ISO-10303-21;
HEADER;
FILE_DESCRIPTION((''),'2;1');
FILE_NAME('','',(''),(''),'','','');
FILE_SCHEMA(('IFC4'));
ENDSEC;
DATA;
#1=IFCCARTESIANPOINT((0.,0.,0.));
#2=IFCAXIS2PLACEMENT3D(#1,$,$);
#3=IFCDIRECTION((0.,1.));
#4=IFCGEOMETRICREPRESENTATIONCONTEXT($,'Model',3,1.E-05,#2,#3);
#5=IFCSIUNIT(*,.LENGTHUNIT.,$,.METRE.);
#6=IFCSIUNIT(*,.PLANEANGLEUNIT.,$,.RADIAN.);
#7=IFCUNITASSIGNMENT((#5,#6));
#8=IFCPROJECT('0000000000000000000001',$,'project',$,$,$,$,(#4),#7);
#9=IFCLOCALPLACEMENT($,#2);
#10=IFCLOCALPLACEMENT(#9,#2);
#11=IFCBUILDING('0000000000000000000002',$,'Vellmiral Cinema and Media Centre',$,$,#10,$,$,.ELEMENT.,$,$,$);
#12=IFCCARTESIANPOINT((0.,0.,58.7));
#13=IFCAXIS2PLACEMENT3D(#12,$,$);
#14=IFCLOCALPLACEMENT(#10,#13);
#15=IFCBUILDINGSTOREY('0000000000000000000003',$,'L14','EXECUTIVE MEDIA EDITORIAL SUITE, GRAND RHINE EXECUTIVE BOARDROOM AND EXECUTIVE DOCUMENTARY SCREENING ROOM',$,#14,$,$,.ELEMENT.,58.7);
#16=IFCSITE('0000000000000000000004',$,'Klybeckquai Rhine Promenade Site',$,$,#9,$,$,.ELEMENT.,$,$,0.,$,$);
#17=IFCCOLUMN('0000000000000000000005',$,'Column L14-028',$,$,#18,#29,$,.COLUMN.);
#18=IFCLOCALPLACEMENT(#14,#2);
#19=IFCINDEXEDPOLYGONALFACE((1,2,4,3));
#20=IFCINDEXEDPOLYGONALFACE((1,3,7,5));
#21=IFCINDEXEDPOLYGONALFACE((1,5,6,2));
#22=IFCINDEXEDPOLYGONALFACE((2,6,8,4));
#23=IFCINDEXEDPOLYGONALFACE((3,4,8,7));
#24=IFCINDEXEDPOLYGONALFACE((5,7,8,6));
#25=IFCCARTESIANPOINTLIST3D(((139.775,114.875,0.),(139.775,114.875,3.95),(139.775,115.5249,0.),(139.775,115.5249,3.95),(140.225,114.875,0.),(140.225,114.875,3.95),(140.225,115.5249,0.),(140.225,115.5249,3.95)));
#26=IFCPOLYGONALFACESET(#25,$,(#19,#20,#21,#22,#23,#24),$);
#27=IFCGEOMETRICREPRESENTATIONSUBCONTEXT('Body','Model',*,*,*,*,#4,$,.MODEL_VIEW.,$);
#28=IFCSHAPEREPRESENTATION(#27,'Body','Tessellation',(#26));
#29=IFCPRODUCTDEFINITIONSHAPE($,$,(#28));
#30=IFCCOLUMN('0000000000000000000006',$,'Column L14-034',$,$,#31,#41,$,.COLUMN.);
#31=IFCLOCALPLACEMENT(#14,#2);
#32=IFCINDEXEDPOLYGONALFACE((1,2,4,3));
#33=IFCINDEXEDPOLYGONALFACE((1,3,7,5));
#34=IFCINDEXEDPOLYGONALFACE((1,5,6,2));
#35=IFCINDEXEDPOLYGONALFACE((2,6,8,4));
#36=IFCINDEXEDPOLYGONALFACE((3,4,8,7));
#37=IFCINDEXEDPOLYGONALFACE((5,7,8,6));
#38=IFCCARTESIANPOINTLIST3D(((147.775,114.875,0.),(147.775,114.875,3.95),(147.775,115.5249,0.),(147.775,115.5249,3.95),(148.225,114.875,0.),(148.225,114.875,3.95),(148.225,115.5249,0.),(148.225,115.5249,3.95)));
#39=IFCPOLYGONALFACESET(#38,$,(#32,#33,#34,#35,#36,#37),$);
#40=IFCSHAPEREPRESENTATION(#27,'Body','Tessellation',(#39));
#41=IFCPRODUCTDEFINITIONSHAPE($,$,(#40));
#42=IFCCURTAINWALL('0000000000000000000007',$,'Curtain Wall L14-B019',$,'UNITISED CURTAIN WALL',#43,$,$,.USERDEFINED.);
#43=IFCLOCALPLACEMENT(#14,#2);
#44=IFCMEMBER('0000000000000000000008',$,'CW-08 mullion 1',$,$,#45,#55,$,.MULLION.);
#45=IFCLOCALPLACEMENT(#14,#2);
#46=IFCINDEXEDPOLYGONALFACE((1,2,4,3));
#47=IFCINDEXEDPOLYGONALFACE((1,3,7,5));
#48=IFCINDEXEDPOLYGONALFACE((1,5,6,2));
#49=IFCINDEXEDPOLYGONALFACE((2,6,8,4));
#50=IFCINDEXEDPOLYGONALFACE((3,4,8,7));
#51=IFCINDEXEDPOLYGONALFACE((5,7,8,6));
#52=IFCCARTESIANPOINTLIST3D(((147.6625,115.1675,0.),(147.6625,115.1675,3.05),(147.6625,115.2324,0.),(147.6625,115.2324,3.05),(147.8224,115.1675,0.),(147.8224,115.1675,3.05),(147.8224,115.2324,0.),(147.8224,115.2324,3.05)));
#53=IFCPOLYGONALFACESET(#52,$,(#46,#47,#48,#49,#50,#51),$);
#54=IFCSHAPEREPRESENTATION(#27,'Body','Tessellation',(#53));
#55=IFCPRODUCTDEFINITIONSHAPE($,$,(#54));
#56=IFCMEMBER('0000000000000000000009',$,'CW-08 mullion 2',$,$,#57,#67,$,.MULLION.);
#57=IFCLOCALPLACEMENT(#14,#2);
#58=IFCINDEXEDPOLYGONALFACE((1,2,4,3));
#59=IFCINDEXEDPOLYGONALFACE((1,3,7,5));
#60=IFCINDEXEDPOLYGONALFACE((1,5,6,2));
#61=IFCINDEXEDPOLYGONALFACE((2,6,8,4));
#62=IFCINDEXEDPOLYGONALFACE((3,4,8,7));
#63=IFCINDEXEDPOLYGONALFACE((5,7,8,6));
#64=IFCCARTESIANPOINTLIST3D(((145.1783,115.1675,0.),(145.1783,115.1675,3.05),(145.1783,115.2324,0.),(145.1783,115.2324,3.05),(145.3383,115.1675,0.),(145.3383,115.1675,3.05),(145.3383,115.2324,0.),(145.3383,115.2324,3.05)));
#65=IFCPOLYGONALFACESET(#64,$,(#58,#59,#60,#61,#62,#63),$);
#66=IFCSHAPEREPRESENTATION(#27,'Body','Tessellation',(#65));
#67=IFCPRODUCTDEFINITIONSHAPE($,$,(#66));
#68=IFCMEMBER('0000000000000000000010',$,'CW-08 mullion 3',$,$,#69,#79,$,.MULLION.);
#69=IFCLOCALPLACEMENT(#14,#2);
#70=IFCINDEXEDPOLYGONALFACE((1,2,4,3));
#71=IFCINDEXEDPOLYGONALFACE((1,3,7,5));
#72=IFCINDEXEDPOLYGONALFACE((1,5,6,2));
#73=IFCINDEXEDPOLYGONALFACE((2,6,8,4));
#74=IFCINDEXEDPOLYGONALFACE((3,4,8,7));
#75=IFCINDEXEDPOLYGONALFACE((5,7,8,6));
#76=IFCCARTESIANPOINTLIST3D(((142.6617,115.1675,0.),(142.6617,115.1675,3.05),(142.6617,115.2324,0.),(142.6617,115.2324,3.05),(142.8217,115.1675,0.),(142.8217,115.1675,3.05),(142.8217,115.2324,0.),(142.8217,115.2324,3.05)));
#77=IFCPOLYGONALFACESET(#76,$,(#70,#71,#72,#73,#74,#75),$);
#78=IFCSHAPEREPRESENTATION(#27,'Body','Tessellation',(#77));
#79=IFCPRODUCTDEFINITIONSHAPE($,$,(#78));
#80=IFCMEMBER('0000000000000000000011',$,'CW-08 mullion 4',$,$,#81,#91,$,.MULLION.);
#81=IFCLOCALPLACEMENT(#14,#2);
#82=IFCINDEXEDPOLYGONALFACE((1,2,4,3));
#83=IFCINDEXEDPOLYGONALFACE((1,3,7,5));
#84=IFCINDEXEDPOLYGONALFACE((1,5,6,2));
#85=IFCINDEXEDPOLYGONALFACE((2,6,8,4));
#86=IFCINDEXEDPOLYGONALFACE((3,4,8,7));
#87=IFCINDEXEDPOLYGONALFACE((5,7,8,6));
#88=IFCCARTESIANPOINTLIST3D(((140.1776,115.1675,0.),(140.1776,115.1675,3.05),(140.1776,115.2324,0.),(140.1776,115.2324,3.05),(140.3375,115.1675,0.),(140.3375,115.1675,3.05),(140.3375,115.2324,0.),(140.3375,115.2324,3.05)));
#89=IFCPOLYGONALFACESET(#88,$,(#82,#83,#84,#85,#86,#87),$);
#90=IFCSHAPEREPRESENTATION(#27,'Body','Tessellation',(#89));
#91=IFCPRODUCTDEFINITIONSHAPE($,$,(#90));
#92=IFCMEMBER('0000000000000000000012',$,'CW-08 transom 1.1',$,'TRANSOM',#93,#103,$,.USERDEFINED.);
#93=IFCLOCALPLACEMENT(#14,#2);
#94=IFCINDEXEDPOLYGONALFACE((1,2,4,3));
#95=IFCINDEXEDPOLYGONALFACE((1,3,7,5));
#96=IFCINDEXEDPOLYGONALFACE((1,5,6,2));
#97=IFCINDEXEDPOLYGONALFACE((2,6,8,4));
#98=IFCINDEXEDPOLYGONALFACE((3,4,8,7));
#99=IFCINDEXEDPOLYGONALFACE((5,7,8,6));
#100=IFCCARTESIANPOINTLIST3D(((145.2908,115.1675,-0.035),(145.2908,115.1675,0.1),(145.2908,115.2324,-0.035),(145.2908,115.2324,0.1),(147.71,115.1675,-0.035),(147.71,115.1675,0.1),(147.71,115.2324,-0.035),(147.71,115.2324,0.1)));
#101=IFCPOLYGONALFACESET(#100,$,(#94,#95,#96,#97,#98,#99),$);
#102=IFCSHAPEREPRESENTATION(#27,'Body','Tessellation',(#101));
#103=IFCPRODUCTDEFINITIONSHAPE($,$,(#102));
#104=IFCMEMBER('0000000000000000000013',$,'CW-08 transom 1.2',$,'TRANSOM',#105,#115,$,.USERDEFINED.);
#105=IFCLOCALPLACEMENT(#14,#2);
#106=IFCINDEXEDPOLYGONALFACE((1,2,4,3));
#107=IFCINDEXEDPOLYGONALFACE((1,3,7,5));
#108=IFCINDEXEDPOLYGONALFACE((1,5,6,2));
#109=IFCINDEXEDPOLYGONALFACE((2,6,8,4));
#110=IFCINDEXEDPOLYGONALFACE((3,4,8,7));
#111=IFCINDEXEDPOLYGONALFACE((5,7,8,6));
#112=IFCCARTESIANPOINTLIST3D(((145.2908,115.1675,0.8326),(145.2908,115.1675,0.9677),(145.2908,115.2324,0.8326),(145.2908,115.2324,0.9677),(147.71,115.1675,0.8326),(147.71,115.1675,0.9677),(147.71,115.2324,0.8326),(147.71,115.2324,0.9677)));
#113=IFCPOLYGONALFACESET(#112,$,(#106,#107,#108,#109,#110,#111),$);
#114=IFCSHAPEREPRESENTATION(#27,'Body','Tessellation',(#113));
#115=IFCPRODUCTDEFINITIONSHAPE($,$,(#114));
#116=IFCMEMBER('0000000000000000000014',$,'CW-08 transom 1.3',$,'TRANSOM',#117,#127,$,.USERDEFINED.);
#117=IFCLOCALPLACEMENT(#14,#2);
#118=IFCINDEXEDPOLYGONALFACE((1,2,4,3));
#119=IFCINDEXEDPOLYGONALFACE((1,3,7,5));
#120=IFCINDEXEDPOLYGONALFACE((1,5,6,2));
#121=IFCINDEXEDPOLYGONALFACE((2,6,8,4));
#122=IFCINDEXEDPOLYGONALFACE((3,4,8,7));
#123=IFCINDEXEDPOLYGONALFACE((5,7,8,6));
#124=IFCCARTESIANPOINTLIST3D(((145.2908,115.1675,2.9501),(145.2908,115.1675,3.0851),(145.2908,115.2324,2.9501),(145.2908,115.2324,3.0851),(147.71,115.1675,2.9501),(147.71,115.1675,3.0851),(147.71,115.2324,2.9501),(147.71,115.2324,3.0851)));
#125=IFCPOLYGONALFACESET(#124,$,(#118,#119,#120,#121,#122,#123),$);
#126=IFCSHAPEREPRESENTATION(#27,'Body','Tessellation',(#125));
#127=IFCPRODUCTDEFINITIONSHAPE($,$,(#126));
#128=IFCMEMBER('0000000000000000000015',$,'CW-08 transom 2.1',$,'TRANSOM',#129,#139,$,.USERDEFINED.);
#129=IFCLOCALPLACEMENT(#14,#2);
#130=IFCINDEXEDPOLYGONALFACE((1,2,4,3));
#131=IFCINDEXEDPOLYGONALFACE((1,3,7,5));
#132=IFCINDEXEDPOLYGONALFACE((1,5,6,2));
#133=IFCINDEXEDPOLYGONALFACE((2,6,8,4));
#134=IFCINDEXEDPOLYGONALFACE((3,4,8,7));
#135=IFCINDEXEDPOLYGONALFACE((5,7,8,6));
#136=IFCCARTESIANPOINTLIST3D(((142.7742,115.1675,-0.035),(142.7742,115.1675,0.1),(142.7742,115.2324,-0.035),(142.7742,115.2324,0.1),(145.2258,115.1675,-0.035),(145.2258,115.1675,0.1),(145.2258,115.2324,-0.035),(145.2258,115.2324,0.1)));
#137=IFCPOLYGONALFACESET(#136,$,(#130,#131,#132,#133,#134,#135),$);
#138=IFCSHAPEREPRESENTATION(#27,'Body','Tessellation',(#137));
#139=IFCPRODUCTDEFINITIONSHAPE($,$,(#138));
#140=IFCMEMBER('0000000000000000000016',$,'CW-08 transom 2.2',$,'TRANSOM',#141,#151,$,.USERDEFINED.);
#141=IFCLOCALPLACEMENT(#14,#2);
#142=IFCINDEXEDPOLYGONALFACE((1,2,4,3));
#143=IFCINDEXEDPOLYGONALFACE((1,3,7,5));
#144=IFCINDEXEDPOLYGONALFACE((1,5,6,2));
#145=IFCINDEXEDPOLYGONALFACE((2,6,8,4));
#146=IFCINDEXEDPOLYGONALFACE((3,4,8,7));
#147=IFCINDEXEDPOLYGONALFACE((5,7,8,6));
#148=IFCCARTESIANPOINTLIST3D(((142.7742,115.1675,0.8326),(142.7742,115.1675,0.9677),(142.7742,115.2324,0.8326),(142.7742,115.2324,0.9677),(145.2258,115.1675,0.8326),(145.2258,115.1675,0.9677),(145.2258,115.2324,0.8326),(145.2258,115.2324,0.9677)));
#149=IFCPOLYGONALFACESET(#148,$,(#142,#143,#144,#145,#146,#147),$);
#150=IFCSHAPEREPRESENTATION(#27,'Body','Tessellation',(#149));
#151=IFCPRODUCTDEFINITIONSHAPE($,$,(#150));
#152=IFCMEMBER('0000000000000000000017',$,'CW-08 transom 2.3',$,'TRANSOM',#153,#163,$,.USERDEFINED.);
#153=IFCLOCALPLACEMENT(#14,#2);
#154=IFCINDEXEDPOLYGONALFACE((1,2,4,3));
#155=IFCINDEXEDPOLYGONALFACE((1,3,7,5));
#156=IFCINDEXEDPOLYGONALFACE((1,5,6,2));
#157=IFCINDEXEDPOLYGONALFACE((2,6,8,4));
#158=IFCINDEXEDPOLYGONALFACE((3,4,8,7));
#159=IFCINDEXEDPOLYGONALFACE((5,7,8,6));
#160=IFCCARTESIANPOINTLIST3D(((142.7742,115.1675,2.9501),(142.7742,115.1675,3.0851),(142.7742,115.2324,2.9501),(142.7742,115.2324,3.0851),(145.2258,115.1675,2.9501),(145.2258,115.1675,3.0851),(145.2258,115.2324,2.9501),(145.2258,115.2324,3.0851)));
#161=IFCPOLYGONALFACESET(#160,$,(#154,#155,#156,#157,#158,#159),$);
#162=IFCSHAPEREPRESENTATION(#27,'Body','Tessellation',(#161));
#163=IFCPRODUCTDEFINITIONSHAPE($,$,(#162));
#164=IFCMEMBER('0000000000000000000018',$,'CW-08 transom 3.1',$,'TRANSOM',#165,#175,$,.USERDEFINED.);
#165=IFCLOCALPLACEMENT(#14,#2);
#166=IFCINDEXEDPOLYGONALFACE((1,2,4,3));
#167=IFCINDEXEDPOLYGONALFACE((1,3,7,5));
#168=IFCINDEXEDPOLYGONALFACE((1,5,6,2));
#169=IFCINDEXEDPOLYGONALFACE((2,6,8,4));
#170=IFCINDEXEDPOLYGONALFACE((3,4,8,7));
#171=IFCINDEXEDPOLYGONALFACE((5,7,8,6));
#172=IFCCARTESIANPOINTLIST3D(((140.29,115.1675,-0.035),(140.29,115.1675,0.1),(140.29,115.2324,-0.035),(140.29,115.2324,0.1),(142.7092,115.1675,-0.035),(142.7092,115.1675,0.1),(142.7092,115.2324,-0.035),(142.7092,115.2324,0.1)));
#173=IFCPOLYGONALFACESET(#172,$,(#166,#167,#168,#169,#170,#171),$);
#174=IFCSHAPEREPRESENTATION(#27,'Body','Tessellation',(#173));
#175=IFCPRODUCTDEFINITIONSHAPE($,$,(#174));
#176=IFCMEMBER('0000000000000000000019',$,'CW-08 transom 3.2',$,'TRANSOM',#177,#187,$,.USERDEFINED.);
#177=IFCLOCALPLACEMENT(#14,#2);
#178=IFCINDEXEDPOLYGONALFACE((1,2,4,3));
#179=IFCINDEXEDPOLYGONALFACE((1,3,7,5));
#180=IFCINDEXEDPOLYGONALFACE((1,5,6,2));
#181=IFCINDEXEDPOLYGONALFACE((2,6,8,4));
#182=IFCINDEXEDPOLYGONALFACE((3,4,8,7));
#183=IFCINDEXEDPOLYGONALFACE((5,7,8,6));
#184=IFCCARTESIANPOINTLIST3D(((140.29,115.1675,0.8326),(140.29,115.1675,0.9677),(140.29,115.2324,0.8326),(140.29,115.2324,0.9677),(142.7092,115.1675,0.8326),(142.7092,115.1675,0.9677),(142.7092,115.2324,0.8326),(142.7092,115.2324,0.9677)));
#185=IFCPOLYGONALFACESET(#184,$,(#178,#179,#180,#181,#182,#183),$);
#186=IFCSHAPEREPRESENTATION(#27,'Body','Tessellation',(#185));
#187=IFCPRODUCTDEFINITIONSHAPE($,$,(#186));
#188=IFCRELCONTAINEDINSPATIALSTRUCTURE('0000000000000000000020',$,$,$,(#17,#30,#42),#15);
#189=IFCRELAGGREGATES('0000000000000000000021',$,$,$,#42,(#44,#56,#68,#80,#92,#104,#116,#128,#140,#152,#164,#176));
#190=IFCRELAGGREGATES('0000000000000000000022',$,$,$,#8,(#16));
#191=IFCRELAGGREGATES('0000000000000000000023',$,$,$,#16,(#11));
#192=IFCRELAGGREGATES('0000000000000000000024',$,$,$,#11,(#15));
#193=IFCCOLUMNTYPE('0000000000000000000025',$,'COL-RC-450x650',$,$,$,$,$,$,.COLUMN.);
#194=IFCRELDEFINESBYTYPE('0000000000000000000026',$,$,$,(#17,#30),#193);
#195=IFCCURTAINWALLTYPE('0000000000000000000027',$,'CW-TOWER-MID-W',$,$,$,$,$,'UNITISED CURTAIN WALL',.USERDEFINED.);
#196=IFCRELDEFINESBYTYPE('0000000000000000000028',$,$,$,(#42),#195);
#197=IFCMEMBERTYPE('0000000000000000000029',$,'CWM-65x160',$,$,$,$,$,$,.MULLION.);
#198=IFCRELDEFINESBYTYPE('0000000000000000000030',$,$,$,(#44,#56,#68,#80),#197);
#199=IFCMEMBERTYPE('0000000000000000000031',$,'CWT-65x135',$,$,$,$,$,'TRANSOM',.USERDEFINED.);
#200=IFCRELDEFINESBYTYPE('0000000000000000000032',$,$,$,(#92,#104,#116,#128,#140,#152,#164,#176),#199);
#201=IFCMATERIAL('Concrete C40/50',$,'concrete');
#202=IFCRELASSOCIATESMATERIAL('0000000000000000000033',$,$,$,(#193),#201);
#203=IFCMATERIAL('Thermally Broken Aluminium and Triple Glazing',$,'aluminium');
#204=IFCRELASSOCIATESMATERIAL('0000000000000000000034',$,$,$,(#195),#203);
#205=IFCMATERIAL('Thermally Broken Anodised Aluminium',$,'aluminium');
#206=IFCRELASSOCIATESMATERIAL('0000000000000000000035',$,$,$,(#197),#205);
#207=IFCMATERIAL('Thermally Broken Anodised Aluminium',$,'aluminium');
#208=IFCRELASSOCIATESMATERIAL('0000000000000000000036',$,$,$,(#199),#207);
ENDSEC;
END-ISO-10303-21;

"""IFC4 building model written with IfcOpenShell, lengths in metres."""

from ifc_helpers import new_model, si_unit, direction, frame, origin, origin_2d, place, context, subcontext, project, spatial, rectangle, extrude, material, material_profile, profile_set, type_object, element, aggregate, save


model = new_model("IFC4")

# Units and contexts
model_context = context("Model", 3, precision=1e-05, world=origin(), true_north=direction((0.0, 1.0)))
body_context = subcontext(model_context, "Body", "Model", "MODEL_VIEW")
ifc_project = project(units=[si_unit("LENGTHUNIT", "METRE"), si_unit("PLANEANGLEUNIT", "RADIAN")], contexts=[model_context])

# Site, building, storey
site_placement = place(None, origin())
site = spatial("IfcSite", under=ifc_project, at=site_placement, Name="Klybeckquai Rhine Promenade Site", CompositionType="ELEMENT", RefElevation=0.0)
building_placement = place(site_placement, origin())
building = spatial("IfcBuilding", under=site, at=building_placement, Name="Vellmiral Cinema and Media Centre", CompositionType="ELEMENT")
storey_placement = place(building_placement, frame((0.0, 0.0, 58.7)))
storey = spatial("IfcBuildingStorey", under=building, at=storey_placement, Name="L14", Description="EXECUTIVE MEDIA EDITORIAL SUITE, GRAND RHINE EXECUTIVE BOARDROOM AND EXECUTIVE DOCUMENTARY SCREENING ROOM", CompositionType="ELEMENT", Elevation=58.7)

# Columns
ifc_material_1 = material(Name="Concrete C40/50", Category="concrete")
ifc_material_profile_1 = material_profile(ifc_material_1, rectangle(XDim=0.45, YDim=0.6499, at=origin_2d()), Name="RC 450x650")
ifc_profile_set_1 = profile_set([ifc_material_profile_1], Name="Concrete C40/50")
column_type = type_object("IfcColumnType", Name="COL-RC-450x650", PredefinedType="COLUMN", material=ifc_profile_set_1)
for number, where, z_axis, x_axis, name in (
    (1, (140.0, 115.2, 0.0), (0.0, 0.0, 1.0), (1.0, 0.0, 0.0), "Column L14-028"),
    (2, (148.0, 115.2, 0.0), (0.0, 0.0, 1.0), (1.0, 0.0, 0.0), "Column L14-034"),
):
    element("IfcColumn", number, at=place(storey_placement, frame(where, z_axis=z_axis, x_axis=x_axis)), inside=storey, type_object=column_type, Name=name, PredefinedType="COLUMN", context=body_context, shape_type="SweptSolid", body=[
        extrude(rectangle(XDim=0.45, YDim=0.6499, at=origin_2d()), origin(), (0.0, 0.0, 1.0), 3.95),
    ])

# Curtain wall, members
ifc_material_2 = material(Name="Thermally Broken Aluminium and Triple Glazing", Category="aluminium")
curtain_wall_type = type_object("IfcCurtainWallType", Name="CW-TOWER-MID-W", ElementType="UNITISED CURTAIN WALL", PredefinedType="USERDEFINED", material=ifc_material_2)
curtain_wall_placement = place(storey_placement, origin())
curtain_wall = element("IfcCurtainWall", 3, at=curtain_wall_placement, inside=storey, type_object=curtain_wall_type, Name="Curtain Wall L14-B019", ObjectType="UNITISED CURTAIN WALL", PredefinedType="USERDEFINED")
ifc_material_3 = material(Name="Thermally Broken Anodised Aluminium", Category="aluminium")
ifc_material_profile_2 = material_profile(ifc_material_3, rectangle(XDim=0.0649, YDim=0.1599, at=origin_2d()), Name="MULL 65x160")
ifc_profile_set_2 = profile_set([ifc_material_profile_2], Name="Thermally Broken Anodised Aluminium")
member_type_1 = type_object("IfcMemberType", Name="CWM-65x160", PredefinedType="MULLION", material=ifc_profile_set_2)
member_1_placement = place(storey_placement, frame((147.7424, 115.2, 0.0), z_axis=(0.0, 0.0, 1.0), x_axis=(0.0, -1.0, 0.0)))
member_1 = element("IfcMember", 4, at=member_1_placement, type_object=member_type_1, Name="CW-08 mullion 1", PredefinedType="MULLION", context=body_context, shape_type="SweptSolid", body=[
    extrude(rectangle(XDim=0.0649, YDim=0.1599, at=origin_2d()), origin(), (0.0, 0.0, 1.0), 3.05),
])
member_2_placement = place(storey_placement, frame((145.2583, 115.2, 0.0), z_axis=(0.0, 0.0, 1.0), x_axis=(0.0, -1.0, 0.0)))
member_2 = element("IfcMember", 5, at=member_2_placement, type_object=member_type_1, Name="CW-08 mullion 2", PredefinedType="MULLION", context=body_context, shape_type="SweptSolid", body=[
    extrude(rectangle(XDim=0.0649, YDim=0.1599, at=origin_2d()), origin(), (0.0, 0.0, 1.0), 3.05),
])
member_3_placement = place(storey_placement, frame((142.7417, 115.2, 0.0), z_axis=(0.0, 0.0, 1.0), x_axis=(0.0, -1.0, 0.0)))
member_3 = element("IfcMember", 6, at=member_3_placement, type_object=member_type_1, Name="CW-08 mullion 3", PredefinedType="MULLION", context=body_context, shape_type="SweptSolid", body=[
    extrude(rectangle(XDim=0.0649, YDim=0.1599, at=origin_2d()), origin(), (0.0, 0.0, 1.0), 3.05),
])
member_4_placement = place(storey_placement, frame((140.2576, 115.2, 0.0), z_axis=(0.0, 0.0, 1.0), x_axis=(0.0, -1.0, 0.0)))
member_4 = element("IfcMember", 7, at=member_4_placement, type_object=member_type_1, Name="CW-08 mullion 4", PredefinedType="MULLION", context=body_context, shape_type="SweptSolid", body=[
    extrude(rectangle(XDim=0.0649, YDim=0.1599, at=origin_2d()), origin(), (0.0, 0.0, 1.0), 3.05),
])
ifc_material_4 = material(Name="Thermally Broken Anodised Aluminium", Category="aluminium")
ifc_material_profile_3 = material_profile(ifc_material_4, rectangle(XDim=0.0649, YDim=0.135, at=origin_2d()), Name="MULL 65x135")
ifc_profile_set_3 = profile_set([ifc_material_profile_3], Name="Thermally Broken Anodised Aluminium")
member_type_2 = type_object("IfcMemberType", Name="CWT-65x135", ElementType="TRANSOM", PredefinedType="USERDEFINED", material=ifc_profile_set_3)
member_5_placement = place(storey_placement, frame((147.71, 115.2, 0.0325), z_axis=(-1.0, 0.0, 0.0), x_axis=(0.0, -1.0, 0.0)))
member_5 = element("IfcMember", 8, at=member_5_placement, type_object=member_type_2, Name="CW-08 transom 1.1", ObjectType="TRANSOM", PredefinedType="USERDEFINED", context=body_context, shape_type="SweptSolid", body=[
    extrude(rectangle(XDim=0.0649, YDim=0.135, at=origin_2d()), origin(), (0.0, 0.0, 1.0), 2.4192),
])
member_6_placement = place(storey_placement, frame((147.71, 115.2, 0.9001), z_axis=(-1.0, 0.0, 0.0), x_axis=(0.0, -1.0, 0.0)))
member_6 = element("IfcMember", 9, at=member_6_placement, type_object=member_type_2, Name="CW-08 transom 1.2", ObjectType="TRANSOM", PredefinedType="USERDEFINED", context=body_context, shape_type="SweptSolid", body=[
    extrude(rectangle(XDim=0.0649, YDim=0.135, at=origin_2d()), origin(), (0.0, 0.0, 1.0), 2.4192),
])
member_7_placement = place(storey_placement, frame((147.71, 115.2, 3.0176), z_axis=(-1.0, 0.0, 0.0), x_axis=(0.0, -1.0, 0.0)))
member_7 = element("IfcMember", 10, at=member_7_placement, type_object=member_type_2, Name="CW-08 transom 1.3", ObjectType="TRANSOM", PredefinedType="USERDEFINED", context=body_context, shape_type="SweptSolid", body=[
    extrude(rectangle(XDim=0.0649, YDim=0.135, at=origin_2d()), origin(), (0.0, 0.0, 1.0), 2.4192),
])
member_8_placement = place(storey_placement, frame((145.2258, 115.2, 0.0325), z_axis=(-1.0, 0.0, 0.0), x_axis=(0.0, -1.0, 0.0)))
member_8 = element("IfcMember", 11, at=member_8_placement, type_object=member_type_2, Name="CW-08 transom 2.1", ObjectType="TRANSOM", PredefinedType="USERDEFINED", context=body_context, shape_type="SweptSolid", body=[
    extrude(rectangle(XDim=0.0649, YDim=0.135, at=origin_2d()), origin(), (0.0, 0.0, 1.0), 2.4517),
])
member_9_placement = place(storey_placement, frame((145.2258, 115.2, 0.9001), z_axis=(-1.0, 0.0, 0.0), x_axis=(0.0, -1.0, 0.0)))
member_9 = element("IfcMember", 12, at=member_9_placement, type_object=member_type_2, Name="CW-08 transom 2.2", ObjectType="TRANSOM", PredefinedType="USERDEFINED", context=body_context, shape_type="SweptSolid", body=[
    extrude(rectangle(XDim=0.0649, YDim=0.135, at=origin_2d()), origin(), (0.0, 0.0, 1.0), 2.4517),
])
member_10_placement = place(storey_placement, frame((145.2258, 115.2, 3.0176), z_axis=(-1.0, 0.0, 0.0), x_axis=(0.0, -1.0, 0.0)))
member_10 = element("IfcMember", 13, at=member_10_placement, type_object=member_type_2, Name="CW-08 transom 2.3", ObjectType="TRANSOM", PredefinedType="USERDEFINED", context=body_context, shape_type="SweptSolid", body=[
    extrude(rectangle(XDim=0.0649, YDim=0.135, at=origin_2d()), origin(), (0.0, 0.0, 1.0), 2.4517),
])
member_11_placement = place(storey_placement, frame((142.7092, 115.2, 0.0325), z_axis=(-1.0, 0.0, 0.0), x_axis=(0.0, -1.0, 0.0)))
member_11 = element("IfcMember", 14, at=member_11_placement, type_object=member_type_2, Name="CW-08 transom 3.1", ObjectType="TRANSOM", PredefinedType="USERDEFINED", context=body_context, shape_type="SweptSolid", body=[
    extrude(rectangle(XDim=0.0649, YDim=0.135, at=origin_2d()), origin(), (0.0, 0.0, 1.0), 2.4192),
])
member_12_placement = place(storey_placement, frame((142.7092, 115.2, 0.9001), z_axis=(-1.0, 0.0, 0.0), x_axis=(0.0, -1.0, 0.0)))
member_12 = element("IfcMember", 15, at=member_12_placement, type_object=member_type_2, Name="CW-08 transom 3.2", ObjectType="TRANSOM", PredefinedType="USERDEFINED", context=body_context, shape_type="SweptSolid", body=[
    extrude(rectangle(XDim=0.0649, YDim=0.135, at=origin_2d()), origin(), (0.0, 0.0, 1.0), 2.4192),
])

aggregate(curtain_wall, [member_1, member_2, member_3, member_4, member_5, member_6, member_7, member_8, member_9, member_10, member_11, member_12])

save(model, "model.ifc")
